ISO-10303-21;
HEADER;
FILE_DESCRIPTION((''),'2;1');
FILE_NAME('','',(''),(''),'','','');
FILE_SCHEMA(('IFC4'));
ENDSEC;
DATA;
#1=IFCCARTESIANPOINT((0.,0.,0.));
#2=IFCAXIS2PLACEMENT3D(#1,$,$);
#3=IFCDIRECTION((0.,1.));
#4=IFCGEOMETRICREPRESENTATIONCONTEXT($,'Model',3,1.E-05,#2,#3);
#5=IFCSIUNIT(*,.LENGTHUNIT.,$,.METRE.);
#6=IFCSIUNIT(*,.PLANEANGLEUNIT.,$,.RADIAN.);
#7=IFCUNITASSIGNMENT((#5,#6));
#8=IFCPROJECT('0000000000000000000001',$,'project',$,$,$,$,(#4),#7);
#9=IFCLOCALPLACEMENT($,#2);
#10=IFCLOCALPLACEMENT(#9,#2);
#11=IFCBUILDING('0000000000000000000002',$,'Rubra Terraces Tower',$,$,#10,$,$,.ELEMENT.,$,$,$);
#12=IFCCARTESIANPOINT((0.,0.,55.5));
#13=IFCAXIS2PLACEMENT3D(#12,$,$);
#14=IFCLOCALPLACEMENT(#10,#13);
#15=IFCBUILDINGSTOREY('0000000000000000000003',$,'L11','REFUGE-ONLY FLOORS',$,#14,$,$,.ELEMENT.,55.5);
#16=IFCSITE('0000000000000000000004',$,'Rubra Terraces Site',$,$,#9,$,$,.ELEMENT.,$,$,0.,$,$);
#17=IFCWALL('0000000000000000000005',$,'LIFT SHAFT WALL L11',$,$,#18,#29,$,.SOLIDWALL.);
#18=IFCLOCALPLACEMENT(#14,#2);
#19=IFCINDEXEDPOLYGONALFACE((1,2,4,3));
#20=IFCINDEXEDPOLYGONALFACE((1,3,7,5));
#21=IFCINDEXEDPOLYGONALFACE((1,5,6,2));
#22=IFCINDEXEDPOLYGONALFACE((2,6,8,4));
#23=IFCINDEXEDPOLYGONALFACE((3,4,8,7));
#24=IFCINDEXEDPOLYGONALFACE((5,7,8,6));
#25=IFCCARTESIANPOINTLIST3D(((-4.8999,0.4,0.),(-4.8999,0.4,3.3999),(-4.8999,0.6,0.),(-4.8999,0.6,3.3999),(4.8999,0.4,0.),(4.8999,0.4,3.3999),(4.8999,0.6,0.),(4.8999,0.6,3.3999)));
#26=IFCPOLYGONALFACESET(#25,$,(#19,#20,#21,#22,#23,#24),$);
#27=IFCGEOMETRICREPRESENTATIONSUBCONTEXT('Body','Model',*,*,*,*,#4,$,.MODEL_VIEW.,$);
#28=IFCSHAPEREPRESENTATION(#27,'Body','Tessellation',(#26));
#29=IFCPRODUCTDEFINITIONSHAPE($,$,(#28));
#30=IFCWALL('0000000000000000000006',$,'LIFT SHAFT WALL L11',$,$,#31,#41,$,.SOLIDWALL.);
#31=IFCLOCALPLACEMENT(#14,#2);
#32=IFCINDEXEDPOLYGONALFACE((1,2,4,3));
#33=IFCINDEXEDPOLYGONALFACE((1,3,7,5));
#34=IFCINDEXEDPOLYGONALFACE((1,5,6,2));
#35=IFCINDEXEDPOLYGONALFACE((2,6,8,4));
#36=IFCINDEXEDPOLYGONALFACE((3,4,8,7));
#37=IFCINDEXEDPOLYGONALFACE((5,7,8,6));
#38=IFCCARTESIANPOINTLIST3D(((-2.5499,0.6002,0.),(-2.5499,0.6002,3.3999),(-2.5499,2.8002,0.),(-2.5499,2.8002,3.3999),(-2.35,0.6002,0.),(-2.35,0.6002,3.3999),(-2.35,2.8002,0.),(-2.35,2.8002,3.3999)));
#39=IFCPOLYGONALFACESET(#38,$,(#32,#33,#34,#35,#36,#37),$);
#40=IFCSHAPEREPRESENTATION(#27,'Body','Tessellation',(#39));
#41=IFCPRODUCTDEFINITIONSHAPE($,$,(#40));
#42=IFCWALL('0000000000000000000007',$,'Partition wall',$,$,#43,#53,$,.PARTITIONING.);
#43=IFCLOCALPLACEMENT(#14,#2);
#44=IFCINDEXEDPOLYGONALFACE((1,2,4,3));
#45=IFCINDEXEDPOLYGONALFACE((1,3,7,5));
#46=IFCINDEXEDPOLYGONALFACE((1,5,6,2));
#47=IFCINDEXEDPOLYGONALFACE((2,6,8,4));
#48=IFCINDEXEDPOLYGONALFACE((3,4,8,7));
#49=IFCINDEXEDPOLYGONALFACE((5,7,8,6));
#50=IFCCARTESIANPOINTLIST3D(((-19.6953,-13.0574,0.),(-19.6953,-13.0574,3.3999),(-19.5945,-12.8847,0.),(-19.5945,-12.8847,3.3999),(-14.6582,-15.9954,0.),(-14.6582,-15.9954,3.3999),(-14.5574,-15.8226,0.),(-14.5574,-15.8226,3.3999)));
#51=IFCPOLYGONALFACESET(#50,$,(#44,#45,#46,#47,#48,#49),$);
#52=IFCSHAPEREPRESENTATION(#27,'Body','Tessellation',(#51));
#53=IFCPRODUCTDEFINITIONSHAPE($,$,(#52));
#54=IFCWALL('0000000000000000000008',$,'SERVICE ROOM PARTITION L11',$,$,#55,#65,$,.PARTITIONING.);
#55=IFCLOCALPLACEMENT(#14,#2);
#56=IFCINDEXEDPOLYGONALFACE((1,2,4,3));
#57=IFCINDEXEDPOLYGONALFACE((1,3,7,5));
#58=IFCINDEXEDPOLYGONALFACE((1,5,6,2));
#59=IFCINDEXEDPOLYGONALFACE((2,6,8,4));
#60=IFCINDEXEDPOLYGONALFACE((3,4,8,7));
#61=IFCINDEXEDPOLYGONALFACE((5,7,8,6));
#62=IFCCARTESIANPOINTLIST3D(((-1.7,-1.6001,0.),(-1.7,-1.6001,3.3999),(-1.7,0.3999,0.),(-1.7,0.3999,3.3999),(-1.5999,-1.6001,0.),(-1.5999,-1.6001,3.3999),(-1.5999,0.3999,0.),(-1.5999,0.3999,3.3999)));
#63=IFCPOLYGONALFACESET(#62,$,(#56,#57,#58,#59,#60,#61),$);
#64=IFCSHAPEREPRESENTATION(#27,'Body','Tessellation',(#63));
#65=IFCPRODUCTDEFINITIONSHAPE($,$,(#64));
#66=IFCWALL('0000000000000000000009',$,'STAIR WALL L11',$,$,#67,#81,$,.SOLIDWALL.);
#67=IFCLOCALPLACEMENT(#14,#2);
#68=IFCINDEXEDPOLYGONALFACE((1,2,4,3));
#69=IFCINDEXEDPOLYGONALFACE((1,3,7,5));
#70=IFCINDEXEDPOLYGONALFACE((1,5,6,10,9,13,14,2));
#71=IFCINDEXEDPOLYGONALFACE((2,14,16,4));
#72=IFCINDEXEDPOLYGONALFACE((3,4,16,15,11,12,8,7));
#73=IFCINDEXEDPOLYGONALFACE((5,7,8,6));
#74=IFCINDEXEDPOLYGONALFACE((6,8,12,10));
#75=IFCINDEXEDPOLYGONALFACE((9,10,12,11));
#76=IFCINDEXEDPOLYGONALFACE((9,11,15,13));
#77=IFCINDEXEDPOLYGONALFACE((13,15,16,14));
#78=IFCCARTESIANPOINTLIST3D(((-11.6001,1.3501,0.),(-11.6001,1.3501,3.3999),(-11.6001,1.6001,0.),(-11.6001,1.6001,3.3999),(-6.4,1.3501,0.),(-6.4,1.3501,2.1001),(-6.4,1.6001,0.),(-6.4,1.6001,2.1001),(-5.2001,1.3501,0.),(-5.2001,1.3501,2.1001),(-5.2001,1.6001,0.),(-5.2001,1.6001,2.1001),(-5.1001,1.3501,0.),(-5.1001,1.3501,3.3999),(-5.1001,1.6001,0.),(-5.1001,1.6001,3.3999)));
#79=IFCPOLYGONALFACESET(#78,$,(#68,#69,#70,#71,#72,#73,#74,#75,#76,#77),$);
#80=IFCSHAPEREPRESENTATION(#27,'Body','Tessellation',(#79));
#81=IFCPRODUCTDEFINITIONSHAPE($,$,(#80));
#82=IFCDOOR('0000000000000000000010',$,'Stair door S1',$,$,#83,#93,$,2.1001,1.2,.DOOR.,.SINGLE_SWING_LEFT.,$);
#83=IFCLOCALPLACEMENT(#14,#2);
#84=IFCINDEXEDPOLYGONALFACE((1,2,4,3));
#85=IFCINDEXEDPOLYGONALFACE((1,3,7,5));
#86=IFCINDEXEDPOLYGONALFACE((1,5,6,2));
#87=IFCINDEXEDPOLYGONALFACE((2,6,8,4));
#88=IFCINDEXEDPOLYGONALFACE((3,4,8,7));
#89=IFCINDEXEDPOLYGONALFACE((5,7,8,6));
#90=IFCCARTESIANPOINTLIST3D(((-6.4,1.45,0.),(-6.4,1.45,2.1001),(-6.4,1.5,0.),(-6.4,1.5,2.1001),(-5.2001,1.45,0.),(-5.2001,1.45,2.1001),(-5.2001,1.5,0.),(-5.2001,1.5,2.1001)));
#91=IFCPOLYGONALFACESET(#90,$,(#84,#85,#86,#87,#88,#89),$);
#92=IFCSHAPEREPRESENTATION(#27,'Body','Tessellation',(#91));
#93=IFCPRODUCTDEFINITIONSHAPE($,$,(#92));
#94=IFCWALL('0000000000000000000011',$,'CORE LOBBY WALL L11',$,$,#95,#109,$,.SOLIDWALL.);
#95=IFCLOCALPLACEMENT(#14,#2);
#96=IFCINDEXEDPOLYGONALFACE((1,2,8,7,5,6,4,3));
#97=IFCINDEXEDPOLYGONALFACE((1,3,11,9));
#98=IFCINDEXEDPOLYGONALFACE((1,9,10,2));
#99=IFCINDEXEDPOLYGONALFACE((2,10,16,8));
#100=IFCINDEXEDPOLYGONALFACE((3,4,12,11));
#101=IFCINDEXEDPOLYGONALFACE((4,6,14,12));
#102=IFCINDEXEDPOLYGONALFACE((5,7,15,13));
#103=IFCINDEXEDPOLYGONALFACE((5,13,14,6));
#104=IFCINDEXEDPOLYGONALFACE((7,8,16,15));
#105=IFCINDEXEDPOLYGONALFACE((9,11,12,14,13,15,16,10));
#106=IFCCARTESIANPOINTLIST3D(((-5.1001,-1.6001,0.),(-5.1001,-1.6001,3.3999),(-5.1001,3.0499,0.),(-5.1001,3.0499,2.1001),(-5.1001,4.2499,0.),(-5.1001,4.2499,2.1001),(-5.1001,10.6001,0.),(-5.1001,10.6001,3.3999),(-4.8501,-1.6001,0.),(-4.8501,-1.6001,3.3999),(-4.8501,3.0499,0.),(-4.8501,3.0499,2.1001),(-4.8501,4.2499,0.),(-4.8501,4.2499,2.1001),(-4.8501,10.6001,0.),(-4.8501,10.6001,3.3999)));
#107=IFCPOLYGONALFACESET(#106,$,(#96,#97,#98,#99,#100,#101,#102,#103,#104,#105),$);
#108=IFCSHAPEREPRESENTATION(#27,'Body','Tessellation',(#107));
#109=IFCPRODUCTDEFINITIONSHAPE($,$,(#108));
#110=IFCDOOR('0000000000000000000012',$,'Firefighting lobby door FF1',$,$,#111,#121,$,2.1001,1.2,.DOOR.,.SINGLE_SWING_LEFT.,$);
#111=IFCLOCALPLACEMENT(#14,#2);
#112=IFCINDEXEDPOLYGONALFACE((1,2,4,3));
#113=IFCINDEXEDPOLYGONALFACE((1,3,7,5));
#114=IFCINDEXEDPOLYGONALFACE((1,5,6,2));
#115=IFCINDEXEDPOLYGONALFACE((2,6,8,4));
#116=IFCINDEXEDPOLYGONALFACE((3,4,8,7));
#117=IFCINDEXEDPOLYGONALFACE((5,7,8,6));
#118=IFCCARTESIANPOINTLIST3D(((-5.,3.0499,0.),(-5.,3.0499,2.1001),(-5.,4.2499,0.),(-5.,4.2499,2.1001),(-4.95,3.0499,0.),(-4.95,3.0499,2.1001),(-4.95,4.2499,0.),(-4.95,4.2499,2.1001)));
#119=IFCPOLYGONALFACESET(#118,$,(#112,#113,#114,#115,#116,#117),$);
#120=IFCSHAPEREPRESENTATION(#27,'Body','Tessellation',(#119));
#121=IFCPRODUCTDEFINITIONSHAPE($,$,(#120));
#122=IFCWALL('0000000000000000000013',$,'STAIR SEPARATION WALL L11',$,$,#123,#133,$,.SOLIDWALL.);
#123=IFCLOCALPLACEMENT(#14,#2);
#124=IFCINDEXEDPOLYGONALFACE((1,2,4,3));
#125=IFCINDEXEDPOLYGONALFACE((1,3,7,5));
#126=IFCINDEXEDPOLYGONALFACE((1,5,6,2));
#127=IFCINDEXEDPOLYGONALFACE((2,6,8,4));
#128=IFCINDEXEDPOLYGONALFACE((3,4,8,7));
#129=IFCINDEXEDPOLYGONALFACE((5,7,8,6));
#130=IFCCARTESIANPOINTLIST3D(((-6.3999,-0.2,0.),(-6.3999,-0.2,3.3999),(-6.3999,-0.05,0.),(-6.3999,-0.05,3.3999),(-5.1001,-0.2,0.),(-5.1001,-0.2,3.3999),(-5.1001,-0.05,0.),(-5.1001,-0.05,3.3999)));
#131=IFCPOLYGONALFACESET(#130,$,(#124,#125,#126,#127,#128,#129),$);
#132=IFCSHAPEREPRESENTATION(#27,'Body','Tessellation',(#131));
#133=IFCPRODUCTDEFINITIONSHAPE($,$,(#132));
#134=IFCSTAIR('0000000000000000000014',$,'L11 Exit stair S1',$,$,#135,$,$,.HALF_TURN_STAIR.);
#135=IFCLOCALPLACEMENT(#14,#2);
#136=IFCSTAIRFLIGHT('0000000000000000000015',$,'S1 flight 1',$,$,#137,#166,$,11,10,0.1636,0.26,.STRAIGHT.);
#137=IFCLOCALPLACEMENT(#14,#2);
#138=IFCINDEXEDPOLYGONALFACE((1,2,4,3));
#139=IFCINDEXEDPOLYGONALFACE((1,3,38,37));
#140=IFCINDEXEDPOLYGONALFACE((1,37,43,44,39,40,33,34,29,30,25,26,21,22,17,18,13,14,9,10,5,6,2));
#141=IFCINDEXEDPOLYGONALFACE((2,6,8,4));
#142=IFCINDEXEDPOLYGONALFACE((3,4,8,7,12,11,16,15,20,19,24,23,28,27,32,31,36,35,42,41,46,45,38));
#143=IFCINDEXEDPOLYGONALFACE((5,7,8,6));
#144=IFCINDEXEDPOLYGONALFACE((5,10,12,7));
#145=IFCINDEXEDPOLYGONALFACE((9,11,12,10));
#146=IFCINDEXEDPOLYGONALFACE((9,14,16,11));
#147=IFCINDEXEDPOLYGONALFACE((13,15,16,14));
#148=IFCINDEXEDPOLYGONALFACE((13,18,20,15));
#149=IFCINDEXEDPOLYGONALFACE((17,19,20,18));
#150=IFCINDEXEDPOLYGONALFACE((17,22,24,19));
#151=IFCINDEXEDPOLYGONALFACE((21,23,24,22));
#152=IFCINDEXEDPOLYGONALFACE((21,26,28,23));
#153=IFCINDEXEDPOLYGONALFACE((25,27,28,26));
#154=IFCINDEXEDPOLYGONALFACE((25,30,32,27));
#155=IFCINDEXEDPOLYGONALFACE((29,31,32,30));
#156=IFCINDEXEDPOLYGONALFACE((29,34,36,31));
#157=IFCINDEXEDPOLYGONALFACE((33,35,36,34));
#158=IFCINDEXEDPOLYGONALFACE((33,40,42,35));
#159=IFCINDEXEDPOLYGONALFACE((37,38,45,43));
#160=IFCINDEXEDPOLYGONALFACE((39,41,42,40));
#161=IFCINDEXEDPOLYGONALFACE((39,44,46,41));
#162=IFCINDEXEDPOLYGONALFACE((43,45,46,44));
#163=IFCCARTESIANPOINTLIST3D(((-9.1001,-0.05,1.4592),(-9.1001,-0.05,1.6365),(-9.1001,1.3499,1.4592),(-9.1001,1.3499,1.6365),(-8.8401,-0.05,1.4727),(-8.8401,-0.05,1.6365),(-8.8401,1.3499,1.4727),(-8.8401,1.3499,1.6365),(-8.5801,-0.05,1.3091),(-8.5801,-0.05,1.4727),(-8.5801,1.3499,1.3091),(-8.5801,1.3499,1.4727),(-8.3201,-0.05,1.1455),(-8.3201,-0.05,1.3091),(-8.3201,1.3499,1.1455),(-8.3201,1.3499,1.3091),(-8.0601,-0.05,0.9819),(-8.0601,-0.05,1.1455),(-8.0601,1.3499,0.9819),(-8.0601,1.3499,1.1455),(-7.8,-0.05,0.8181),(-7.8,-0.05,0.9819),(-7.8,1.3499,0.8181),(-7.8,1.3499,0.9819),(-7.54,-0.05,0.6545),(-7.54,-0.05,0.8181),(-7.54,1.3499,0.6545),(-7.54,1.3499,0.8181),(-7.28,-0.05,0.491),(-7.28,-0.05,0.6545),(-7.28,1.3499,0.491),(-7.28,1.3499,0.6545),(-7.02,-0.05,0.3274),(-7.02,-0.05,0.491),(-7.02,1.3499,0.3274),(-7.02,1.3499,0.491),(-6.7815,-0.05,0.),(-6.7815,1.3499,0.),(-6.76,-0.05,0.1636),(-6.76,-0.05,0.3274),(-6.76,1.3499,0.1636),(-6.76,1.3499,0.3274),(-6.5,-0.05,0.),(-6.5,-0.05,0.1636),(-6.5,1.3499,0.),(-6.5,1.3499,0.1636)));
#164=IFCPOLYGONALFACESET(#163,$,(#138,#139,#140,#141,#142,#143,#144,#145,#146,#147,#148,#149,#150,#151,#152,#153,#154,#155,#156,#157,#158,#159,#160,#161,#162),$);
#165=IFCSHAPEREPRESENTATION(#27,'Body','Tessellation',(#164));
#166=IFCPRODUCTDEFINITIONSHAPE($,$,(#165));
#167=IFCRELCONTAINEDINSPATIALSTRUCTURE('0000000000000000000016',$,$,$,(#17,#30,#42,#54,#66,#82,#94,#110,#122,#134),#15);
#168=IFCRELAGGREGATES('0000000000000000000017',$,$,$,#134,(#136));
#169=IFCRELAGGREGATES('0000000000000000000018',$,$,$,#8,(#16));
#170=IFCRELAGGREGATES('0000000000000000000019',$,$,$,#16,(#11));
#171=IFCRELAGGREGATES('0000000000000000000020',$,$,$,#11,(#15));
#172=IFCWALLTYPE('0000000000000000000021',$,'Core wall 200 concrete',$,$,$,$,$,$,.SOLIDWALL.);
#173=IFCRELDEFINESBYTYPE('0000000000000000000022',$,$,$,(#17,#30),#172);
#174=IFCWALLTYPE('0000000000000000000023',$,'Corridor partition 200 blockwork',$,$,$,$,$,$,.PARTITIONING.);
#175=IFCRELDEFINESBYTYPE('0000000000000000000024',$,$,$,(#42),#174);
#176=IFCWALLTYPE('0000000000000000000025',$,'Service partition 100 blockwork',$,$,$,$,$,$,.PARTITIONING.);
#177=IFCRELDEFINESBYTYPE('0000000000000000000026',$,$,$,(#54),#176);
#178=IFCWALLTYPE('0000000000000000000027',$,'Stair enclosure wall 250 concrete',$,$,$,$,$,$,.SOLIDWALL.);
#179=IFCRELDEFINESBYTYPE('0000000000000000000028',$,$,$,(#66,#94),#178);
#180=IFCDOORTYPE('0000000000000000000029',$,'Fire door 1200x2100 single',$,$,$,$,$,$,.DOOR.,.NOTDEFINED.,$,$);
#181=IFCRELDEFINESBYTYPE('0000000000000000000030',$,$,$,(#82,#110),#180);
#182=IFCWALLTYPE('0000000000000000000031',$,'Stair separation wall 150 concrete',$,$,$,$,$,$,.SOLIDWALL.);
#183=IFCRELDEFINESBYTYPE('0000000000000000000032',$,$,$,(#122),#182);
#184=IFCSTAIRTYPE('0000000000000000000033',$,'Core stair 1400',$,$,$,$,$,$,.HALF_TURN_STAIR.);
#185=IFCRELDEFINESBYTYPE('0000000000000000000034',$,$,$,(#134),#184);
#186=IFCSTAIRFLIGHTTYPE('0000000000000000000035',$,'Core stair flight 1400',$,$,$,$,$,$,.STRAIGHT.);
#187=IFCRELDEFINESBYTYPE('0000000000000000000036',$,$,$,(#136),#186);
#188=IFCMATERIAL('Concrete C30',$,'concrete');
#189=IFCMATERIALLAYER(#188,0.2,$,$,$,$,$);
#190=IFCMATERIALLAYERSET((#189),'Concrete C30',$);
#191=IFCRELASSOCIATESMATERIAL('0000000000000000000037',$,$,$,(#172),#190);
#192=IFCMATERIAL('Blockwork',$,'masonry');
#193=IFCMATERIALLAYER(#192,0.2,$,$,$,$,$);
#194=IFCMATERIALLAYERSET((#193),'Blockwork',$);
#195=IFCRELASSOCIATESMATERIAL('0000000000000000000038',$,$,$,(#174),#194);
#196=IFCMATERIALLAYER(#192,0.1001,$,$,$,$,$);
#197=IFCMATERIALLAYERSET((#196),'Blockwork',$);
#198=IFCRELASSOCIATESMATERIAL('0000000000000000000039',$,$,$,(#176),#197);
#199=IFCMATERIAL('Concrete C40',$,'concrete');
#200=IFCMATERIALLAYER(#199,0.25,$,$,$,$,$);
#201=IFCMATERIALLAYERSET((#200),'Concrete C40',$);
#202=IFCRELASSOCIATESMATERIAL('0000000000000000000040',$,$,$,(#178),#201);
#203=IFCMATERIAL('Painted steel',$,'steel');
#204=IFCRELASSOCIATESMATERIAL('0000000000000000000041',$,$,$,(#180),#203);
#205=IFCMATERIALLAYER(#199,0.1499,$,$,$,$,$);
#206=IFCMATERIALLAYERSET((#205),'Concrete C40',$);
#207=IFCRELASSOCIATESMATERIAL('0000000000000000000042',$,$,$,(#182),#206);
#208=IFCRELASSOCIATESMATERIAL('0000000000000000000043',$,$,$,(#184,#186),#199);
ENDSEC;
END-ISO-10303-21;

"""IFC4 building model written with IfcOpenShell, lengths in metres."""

from ifc_helpers import new_model, si_unit, direction, frame, frame_2d, origin, place, context, subcontext, project, spatial, polyline, rectangle, outline, extrude, material, layer, layer_set, type_object, element, fill, aggregate, save


model = new_model("IFC4")

# Units and contexts
model_context = context("Model", 3, precision=1e-05, world=origin(), true_north=direction((0.0, 1.0)))
body_context = subcontext(model_context, "Body", "Model", "MODEL_VIEW")
ifc_project = project(units=[si_unit("LENGTHUNIT", "METRE"), si_unit("PLANEANGLEUNIT", "RADIAN")], contexts=[model_context])

# Site, building, storey
site_placement = place(None, origin())
site = spatial("IfcSite", under=ifc_project, at=site_placement, Name="Rubra Terraces Site", CompositionType="ELEMENT", RefElevation=0.0)
building_placement = place(site_placement, origin())
building = spatial("IfcBuilding", under=site, at=building_placement, Name="Rubra Terraces Tower", CompositionType="ELEMENT")
storey_placement = place(building_placement, frame((0.0, 0.0, 55.5)))
storey = spatial("IfcBuildingStorey", under=building, at=storey_placement, Name="L11", Description="REFUGE-ONLY FLOORS", CompositionType="ELEMENT", Elevation=55.5)

# Shared definitions
ifc_material_1 = material(Name="Concrete C40", Category="concrete")

# Shared definitions
ifc_material_2 = material(Name="Painted steel", Category="steel")

# Walls
ifc_material_3 = material(Name="Concrete C30", Category="concrete")
ifc_layer_1 = layer(ifc_material_3, 0.2)
ifc_layer_set_1 = layer_set([ifc_layer_1], Name="Concrete C30")
wall_type_1 = type_object("IfcWallType", Name="Core wall 200 concrete", PredefinedType="SOLIDWALL", material=ifc_layer_set_1)
wall_1_placement = place(storey_placement, frame((-4.8999, 0.5, 0.0), z_axis=(0.0, 0.0, 1.0), x_axis=(1.0, 0.0, 0.0)))
element("IfcWall", 1, at=wall_1_placement, inside=storey, type_object=wall_type_1, Name="LIFT SHAFT WALL L11", PredefinedType="SOLIDWALL", context=body_context, shape_type="SweptSolid", body=[
    extrude(rectangle(XDim=9.7998, YDim=0.2, at=frame_2d((4.8999, 0.0))), origin(), (0.0, 0.0, 1.0), 3.3999),
])
wall_2_placement = place(storey_placement, frame((-2.45, 0.6001, 0.0), z_axis=(0.0, 0.0, 1.0), x_axis=(0.0, 1.0, 0.0)))
element("IfcWall", 2, at=wall_2_placement, inside=storey, type_object=wall_type_1, Name="LIFT SHAFT WALL L11", PredefinedType="SOLIDWALL", context=body_context, shape_type="SweptSolid", body=[
    extrude(rectangle(XDim=2.2, YDim=0.2, at=frame_2d((1.1001, 0.0))), origin(), (0.0, 0.0, 1.0), 3.3999),
])
ifc_material_4 = material(Name="Blockwork", Category="masonry")
ifc_layer_2 = layer(ifc_material_4, 0.2)
ifc_layer_set_2 = layer_set([ifc_layer_2], Name="Blockwork")
wall_type_2 = type_object("IfcWallType", Name="Corridor partition 200 blockwork", PredefinedType="PARTITIONING", material=ifc_layer_set_2)
wall_3_placement = place(storey_placement, frame((-14.6079, -15.9089, 0.0), z_axis=(0.0, 0.0, 1.0), x_axis=(-0.863803, 0.503829, 0.0)))
element("IfcWall", 3, at=wall_3_placement, inside=storey, type_object=wall_type_2, Name="Partition wall", PredefinedType="PARTITIONING", context=body_context, shape_type="SweptSolid", body=[
    extrude(rectangle(XDim=5.8313, YDim=0.2, at=frame_2d((2.9155, 0.0))), origin(), (0.0, 0.0, 1.0), 3.3999),
])
ifc_layer_3 = layer(ifc_material_4, 0.1001)
ifc_layer_set_3 = layer_set([ifc_layer_3], Name="Blockwork")
wall_type_3 = type_object("IfcWallType", Name="Service partition 100 blockwork", PredefinedType="PARTITIONING", material=ifc_layer_set_3)
wall_4_placement = place(storey_placement, frame((-1.6499, -1.6001, 0.0), z_axis=(0.0, 0.0, 1.0), x_axis=(0.0, 1.0, 0.0)))
element("IfcWall", 4, at=wall_4_placement, inside=storey, type_object=wall_type_3, Name="SERVICE ROOM PARTITION L11", PredefinedType="PARTITIONING", context=body_context, shape_type="SweptSolid", body=[
    extrude(rectangle(XDim=2.0, YDim=0.1001, at=frame_2d((1.0, 0.0))), origin(), (0.0, 0.0, 1.0), 3.3999),
])

# Walls, openings, doors
ifc_layer_4 = layer(ifc_material_1, 0.25)
ifc_layer_set_4 = layer_set([ifc_layer_4], Name="Concrete C40")
wall_type_4 = type_object("IfcWallType", Name="Stair enclosure wall 250 concrete", PredefinedType="SOLIDWALL", material=ifc_layer_set_4)
wall_5_placement = place(storey_placement, frame((-11.6001, 1.4751, 0.0), z_axis=(0.0, 0.0, 1.0), x_axis=(1.0, 0.0, 0.0)))
wall_5 = element("IfcWall", 5, at=wall_5_placement, inside=storey, type_object=wall_type_4, Name="STAIR WALL L11", PredefinedType="SOLIDWALL", context=body_context, shape_type="SweptSolid", body=[
    extrude(rectangle(XDim=6.5, YDim=0.25, at=frame_2d((3.25, 0.0))), origin(), (0.0, 0.0, 1.0), 3.3999),
])
opening_1_placement = place(wall_5_placement, frame((5.2, 0.0, 0.0)))
opening_1 = element("IfcOpeningElement", 6, at=opening_1_placement, cuts=wall_5, PredefinedType="OPENING", context=body_context, shape_type="SweptSolid", body=[
    extrude(rectangle(XDim=1.2, YDim=2.1001, at=frame_2d((0.6001, 1.05))), frame((0.0, 0.135, 0.0), z_axis=(0.0, -1.0, 0.0), x_axis=(1.0, 0.0, 0.0)), (0.0, 0.0, 1.0), 0.27),
])
door_type_1 = type_object("IfcDoorType", Name="Fire door 1200x2100 single", OperationType="NOTDEFINED", PredefinedType="DOOR", material=ifc_material_2)
door_1_placement = place(opening_1_placement, origin())
door_1 = element("IfcDoor", 7, at=door_1_placement, inside=storey, type_object=door_type_1, Name="Stair door S1", OperationType="SINGLE_SWING_LEFT", OverallHeight=2.1001, OverallWidth=1.2, PredefinedType="DOOR", context=body_context, shape_type="SweptSolid", body=[
    extrude(rectangle(XDim=1.2, YDim=2.1001, at=frame_2d((0.6001, 1.05))), frame((0.0, 0.0249, 0.0), z_axis=(0.0, -1.0, 0.0), x_axis=(1.0, 0.0, 0.0)), (0.0, 0.0, 1.0), 0.05),
])
fill(opening_1, door_1)
wall_6_placement = place(storey_placement, frame((-4.9751, -1.6001, 0.0), z_axis=(0.0, 0.0, 1.0), x_axis=(0.0, 1.0, 0.0)))
wall_6 = element("IfcWall", 8, at=wall_6_placement, inside=storey, type_object=wall_type_4, Name="CORE LOBBY WALL L11", PredefinedType="SOLIDWALL", context=body_context, shape_type="SweptSolid", body=[
    extrude(rectangle(XDim=12.2002, YDim=0.25, at=frame_2d((6.1001, 0.0))), origin(), (0.0, 0.0, 1.0), 3.3999),
])
opening_2_placement = place(wall_6_placement, frame((4.6499, 0.0, 0.0)))
opening_2 = element("IfcOpeningElement", 9, at=opening_2_placement, cuts=wall_6, PredefinedType="OPENING", context=body_context, shape_type="SweptSolid", body=[
    extrude(rectangle(XDim=1.2, YDim=2.1001, at=frame_2d((0.6001, 1.05))), frame((0.0, 0.135, 0.0), z_axis=(0.0, -1.0, 0.0), x_axis=(1.0, 0.0, 0.0)), (0.0, 0.0, 1.0), 0.27),
])
door_2_placement = place(opening_2_placement, origin())
door_2 = element("IfcDoor", 10, at=door_2_placement, inside=storey, type_object=door_type_1, Name="Firefighting lobby door FF1", OperationType="SINGLE_SWING_LEFT", OverallHeight=2.1001, OverallWidth=1.2, PredefinedType="DOOR", context=body_context, shape_type="SweptSolid", body=[
    extrude(rectangle(XDim=1.2, YDim=2.1001, at=frame_2d((0.6001, 1.05))), frame((0.0, 0.0249, 0.0), z_axis=(0.0, -1.0, 0.0), x_axis=(1.0, 0.0, 0.0)), (0.0, 0.0, 1.0), 0.05),
])
fill(opening_2, door_2)

# Wall
ifc_layer_5 = layer(ifc_material_1, 0.1499)
ifc_layer_set_5 = layer_set([ifc_layer_5], Name="Concrete C40")
wall_type_5 = type_object("IfcWallType", Name="Stair separation wall 150 concrete", PredefinedType="SOLIDWALL", material=ifc_layer_set_5)
wall_7_placement = place(storey_placement, frame((-6.3999, -0.125, 0.0), z_axis=(0.0, 0.0, 1.0), x_axis=(1.0, 0.0, 0.0)))
element("IfcWall", 11, at=wall_7_placement, inside=storey, type_object=wall_type_5, Name="STAIR SEPARATION WALL L11", PredefinedType="SOLIDWALL", context=body_context, shape_type="SweptSolid", body=[
    extrude(rectangle(XDim=1.2998, YDim=0.1499, at=frame_2d((0.6499, 0.0))), origin(), (0.0, 0.0, 1.0), 3.3999),
])

# Stair, stair flight
stair_type = type_object("IfcStairType", Name="Core stair 1400", PredefinedType="HALF_TURN_STAIR", material=ifc_material_1)
stair_placement = place(storey_placement, origin())
stair = element("IfcStair", 12, at=stair_placement, inside=storey, type_object=stair_type, Name="L11 Exit stair S1", PredefinedType="HALF_TURN_STAIR")
stair_flight_type = type_object("IfcStairFlightType", Name="Core stair flight 1400", PredefinedType="STRAIGHT", material=ifc_material_1)
stair_flight_1_placement = place(storey_placement, frame((-6.5, 0.6499, 0.0), z_axis=(0.0, 0.0, 1.0), x_axis=(-1.0, 0.0, 0.0)))
stair_flight_1 = element("IfcStairFlight", 13, at=stair_flight_1_placement, type_object=stair_flight_type, Name="S1 flight 1", NumberOfRisers=11, NumberOfTreads=10, PredefinedType="STRAIGHT", RiserHeight=0.1636, TreadLength=0.26, context=body_context, shape_type="SweptSolid", body=[
    extrude(outline(polyline([(0.0, 0.0), (0.0, 0.1636), (0.26, 0.1636), (0.26, 0.3274), (0.52, 0.3274), (0.52, 0.491), (0.78, 0.491), (0.78, 0.6545), (1.04, 0.6545), (1.04, 0.8181), (1.3, 0.8181), (1.3, 0.9819), (1.5601, 0.9819), (1.5601, 1.1455), (1.8201, 1.1455), (1.8201, 1.3091), (2.0801, 1.3091), (2.0801, 1.4727), (2.3401, 1.4727), (2.3401, 1.6365), (2.6001, 1.6365), (2.6001, 1.8), (2.6001, 1.4592), (0.2815, 0.0), (0.0, 0.0)])), frame((0.0, 0.7, 0.0), z_axis=(0.0, -1.0, 0.0), x_axis=(1.0, 0.0, 0.0)), (0.0, 0.0, 1.0), 1.3999),
])
aggregate(stair, [stair_flight_1])

save(model, "model.ifc")
